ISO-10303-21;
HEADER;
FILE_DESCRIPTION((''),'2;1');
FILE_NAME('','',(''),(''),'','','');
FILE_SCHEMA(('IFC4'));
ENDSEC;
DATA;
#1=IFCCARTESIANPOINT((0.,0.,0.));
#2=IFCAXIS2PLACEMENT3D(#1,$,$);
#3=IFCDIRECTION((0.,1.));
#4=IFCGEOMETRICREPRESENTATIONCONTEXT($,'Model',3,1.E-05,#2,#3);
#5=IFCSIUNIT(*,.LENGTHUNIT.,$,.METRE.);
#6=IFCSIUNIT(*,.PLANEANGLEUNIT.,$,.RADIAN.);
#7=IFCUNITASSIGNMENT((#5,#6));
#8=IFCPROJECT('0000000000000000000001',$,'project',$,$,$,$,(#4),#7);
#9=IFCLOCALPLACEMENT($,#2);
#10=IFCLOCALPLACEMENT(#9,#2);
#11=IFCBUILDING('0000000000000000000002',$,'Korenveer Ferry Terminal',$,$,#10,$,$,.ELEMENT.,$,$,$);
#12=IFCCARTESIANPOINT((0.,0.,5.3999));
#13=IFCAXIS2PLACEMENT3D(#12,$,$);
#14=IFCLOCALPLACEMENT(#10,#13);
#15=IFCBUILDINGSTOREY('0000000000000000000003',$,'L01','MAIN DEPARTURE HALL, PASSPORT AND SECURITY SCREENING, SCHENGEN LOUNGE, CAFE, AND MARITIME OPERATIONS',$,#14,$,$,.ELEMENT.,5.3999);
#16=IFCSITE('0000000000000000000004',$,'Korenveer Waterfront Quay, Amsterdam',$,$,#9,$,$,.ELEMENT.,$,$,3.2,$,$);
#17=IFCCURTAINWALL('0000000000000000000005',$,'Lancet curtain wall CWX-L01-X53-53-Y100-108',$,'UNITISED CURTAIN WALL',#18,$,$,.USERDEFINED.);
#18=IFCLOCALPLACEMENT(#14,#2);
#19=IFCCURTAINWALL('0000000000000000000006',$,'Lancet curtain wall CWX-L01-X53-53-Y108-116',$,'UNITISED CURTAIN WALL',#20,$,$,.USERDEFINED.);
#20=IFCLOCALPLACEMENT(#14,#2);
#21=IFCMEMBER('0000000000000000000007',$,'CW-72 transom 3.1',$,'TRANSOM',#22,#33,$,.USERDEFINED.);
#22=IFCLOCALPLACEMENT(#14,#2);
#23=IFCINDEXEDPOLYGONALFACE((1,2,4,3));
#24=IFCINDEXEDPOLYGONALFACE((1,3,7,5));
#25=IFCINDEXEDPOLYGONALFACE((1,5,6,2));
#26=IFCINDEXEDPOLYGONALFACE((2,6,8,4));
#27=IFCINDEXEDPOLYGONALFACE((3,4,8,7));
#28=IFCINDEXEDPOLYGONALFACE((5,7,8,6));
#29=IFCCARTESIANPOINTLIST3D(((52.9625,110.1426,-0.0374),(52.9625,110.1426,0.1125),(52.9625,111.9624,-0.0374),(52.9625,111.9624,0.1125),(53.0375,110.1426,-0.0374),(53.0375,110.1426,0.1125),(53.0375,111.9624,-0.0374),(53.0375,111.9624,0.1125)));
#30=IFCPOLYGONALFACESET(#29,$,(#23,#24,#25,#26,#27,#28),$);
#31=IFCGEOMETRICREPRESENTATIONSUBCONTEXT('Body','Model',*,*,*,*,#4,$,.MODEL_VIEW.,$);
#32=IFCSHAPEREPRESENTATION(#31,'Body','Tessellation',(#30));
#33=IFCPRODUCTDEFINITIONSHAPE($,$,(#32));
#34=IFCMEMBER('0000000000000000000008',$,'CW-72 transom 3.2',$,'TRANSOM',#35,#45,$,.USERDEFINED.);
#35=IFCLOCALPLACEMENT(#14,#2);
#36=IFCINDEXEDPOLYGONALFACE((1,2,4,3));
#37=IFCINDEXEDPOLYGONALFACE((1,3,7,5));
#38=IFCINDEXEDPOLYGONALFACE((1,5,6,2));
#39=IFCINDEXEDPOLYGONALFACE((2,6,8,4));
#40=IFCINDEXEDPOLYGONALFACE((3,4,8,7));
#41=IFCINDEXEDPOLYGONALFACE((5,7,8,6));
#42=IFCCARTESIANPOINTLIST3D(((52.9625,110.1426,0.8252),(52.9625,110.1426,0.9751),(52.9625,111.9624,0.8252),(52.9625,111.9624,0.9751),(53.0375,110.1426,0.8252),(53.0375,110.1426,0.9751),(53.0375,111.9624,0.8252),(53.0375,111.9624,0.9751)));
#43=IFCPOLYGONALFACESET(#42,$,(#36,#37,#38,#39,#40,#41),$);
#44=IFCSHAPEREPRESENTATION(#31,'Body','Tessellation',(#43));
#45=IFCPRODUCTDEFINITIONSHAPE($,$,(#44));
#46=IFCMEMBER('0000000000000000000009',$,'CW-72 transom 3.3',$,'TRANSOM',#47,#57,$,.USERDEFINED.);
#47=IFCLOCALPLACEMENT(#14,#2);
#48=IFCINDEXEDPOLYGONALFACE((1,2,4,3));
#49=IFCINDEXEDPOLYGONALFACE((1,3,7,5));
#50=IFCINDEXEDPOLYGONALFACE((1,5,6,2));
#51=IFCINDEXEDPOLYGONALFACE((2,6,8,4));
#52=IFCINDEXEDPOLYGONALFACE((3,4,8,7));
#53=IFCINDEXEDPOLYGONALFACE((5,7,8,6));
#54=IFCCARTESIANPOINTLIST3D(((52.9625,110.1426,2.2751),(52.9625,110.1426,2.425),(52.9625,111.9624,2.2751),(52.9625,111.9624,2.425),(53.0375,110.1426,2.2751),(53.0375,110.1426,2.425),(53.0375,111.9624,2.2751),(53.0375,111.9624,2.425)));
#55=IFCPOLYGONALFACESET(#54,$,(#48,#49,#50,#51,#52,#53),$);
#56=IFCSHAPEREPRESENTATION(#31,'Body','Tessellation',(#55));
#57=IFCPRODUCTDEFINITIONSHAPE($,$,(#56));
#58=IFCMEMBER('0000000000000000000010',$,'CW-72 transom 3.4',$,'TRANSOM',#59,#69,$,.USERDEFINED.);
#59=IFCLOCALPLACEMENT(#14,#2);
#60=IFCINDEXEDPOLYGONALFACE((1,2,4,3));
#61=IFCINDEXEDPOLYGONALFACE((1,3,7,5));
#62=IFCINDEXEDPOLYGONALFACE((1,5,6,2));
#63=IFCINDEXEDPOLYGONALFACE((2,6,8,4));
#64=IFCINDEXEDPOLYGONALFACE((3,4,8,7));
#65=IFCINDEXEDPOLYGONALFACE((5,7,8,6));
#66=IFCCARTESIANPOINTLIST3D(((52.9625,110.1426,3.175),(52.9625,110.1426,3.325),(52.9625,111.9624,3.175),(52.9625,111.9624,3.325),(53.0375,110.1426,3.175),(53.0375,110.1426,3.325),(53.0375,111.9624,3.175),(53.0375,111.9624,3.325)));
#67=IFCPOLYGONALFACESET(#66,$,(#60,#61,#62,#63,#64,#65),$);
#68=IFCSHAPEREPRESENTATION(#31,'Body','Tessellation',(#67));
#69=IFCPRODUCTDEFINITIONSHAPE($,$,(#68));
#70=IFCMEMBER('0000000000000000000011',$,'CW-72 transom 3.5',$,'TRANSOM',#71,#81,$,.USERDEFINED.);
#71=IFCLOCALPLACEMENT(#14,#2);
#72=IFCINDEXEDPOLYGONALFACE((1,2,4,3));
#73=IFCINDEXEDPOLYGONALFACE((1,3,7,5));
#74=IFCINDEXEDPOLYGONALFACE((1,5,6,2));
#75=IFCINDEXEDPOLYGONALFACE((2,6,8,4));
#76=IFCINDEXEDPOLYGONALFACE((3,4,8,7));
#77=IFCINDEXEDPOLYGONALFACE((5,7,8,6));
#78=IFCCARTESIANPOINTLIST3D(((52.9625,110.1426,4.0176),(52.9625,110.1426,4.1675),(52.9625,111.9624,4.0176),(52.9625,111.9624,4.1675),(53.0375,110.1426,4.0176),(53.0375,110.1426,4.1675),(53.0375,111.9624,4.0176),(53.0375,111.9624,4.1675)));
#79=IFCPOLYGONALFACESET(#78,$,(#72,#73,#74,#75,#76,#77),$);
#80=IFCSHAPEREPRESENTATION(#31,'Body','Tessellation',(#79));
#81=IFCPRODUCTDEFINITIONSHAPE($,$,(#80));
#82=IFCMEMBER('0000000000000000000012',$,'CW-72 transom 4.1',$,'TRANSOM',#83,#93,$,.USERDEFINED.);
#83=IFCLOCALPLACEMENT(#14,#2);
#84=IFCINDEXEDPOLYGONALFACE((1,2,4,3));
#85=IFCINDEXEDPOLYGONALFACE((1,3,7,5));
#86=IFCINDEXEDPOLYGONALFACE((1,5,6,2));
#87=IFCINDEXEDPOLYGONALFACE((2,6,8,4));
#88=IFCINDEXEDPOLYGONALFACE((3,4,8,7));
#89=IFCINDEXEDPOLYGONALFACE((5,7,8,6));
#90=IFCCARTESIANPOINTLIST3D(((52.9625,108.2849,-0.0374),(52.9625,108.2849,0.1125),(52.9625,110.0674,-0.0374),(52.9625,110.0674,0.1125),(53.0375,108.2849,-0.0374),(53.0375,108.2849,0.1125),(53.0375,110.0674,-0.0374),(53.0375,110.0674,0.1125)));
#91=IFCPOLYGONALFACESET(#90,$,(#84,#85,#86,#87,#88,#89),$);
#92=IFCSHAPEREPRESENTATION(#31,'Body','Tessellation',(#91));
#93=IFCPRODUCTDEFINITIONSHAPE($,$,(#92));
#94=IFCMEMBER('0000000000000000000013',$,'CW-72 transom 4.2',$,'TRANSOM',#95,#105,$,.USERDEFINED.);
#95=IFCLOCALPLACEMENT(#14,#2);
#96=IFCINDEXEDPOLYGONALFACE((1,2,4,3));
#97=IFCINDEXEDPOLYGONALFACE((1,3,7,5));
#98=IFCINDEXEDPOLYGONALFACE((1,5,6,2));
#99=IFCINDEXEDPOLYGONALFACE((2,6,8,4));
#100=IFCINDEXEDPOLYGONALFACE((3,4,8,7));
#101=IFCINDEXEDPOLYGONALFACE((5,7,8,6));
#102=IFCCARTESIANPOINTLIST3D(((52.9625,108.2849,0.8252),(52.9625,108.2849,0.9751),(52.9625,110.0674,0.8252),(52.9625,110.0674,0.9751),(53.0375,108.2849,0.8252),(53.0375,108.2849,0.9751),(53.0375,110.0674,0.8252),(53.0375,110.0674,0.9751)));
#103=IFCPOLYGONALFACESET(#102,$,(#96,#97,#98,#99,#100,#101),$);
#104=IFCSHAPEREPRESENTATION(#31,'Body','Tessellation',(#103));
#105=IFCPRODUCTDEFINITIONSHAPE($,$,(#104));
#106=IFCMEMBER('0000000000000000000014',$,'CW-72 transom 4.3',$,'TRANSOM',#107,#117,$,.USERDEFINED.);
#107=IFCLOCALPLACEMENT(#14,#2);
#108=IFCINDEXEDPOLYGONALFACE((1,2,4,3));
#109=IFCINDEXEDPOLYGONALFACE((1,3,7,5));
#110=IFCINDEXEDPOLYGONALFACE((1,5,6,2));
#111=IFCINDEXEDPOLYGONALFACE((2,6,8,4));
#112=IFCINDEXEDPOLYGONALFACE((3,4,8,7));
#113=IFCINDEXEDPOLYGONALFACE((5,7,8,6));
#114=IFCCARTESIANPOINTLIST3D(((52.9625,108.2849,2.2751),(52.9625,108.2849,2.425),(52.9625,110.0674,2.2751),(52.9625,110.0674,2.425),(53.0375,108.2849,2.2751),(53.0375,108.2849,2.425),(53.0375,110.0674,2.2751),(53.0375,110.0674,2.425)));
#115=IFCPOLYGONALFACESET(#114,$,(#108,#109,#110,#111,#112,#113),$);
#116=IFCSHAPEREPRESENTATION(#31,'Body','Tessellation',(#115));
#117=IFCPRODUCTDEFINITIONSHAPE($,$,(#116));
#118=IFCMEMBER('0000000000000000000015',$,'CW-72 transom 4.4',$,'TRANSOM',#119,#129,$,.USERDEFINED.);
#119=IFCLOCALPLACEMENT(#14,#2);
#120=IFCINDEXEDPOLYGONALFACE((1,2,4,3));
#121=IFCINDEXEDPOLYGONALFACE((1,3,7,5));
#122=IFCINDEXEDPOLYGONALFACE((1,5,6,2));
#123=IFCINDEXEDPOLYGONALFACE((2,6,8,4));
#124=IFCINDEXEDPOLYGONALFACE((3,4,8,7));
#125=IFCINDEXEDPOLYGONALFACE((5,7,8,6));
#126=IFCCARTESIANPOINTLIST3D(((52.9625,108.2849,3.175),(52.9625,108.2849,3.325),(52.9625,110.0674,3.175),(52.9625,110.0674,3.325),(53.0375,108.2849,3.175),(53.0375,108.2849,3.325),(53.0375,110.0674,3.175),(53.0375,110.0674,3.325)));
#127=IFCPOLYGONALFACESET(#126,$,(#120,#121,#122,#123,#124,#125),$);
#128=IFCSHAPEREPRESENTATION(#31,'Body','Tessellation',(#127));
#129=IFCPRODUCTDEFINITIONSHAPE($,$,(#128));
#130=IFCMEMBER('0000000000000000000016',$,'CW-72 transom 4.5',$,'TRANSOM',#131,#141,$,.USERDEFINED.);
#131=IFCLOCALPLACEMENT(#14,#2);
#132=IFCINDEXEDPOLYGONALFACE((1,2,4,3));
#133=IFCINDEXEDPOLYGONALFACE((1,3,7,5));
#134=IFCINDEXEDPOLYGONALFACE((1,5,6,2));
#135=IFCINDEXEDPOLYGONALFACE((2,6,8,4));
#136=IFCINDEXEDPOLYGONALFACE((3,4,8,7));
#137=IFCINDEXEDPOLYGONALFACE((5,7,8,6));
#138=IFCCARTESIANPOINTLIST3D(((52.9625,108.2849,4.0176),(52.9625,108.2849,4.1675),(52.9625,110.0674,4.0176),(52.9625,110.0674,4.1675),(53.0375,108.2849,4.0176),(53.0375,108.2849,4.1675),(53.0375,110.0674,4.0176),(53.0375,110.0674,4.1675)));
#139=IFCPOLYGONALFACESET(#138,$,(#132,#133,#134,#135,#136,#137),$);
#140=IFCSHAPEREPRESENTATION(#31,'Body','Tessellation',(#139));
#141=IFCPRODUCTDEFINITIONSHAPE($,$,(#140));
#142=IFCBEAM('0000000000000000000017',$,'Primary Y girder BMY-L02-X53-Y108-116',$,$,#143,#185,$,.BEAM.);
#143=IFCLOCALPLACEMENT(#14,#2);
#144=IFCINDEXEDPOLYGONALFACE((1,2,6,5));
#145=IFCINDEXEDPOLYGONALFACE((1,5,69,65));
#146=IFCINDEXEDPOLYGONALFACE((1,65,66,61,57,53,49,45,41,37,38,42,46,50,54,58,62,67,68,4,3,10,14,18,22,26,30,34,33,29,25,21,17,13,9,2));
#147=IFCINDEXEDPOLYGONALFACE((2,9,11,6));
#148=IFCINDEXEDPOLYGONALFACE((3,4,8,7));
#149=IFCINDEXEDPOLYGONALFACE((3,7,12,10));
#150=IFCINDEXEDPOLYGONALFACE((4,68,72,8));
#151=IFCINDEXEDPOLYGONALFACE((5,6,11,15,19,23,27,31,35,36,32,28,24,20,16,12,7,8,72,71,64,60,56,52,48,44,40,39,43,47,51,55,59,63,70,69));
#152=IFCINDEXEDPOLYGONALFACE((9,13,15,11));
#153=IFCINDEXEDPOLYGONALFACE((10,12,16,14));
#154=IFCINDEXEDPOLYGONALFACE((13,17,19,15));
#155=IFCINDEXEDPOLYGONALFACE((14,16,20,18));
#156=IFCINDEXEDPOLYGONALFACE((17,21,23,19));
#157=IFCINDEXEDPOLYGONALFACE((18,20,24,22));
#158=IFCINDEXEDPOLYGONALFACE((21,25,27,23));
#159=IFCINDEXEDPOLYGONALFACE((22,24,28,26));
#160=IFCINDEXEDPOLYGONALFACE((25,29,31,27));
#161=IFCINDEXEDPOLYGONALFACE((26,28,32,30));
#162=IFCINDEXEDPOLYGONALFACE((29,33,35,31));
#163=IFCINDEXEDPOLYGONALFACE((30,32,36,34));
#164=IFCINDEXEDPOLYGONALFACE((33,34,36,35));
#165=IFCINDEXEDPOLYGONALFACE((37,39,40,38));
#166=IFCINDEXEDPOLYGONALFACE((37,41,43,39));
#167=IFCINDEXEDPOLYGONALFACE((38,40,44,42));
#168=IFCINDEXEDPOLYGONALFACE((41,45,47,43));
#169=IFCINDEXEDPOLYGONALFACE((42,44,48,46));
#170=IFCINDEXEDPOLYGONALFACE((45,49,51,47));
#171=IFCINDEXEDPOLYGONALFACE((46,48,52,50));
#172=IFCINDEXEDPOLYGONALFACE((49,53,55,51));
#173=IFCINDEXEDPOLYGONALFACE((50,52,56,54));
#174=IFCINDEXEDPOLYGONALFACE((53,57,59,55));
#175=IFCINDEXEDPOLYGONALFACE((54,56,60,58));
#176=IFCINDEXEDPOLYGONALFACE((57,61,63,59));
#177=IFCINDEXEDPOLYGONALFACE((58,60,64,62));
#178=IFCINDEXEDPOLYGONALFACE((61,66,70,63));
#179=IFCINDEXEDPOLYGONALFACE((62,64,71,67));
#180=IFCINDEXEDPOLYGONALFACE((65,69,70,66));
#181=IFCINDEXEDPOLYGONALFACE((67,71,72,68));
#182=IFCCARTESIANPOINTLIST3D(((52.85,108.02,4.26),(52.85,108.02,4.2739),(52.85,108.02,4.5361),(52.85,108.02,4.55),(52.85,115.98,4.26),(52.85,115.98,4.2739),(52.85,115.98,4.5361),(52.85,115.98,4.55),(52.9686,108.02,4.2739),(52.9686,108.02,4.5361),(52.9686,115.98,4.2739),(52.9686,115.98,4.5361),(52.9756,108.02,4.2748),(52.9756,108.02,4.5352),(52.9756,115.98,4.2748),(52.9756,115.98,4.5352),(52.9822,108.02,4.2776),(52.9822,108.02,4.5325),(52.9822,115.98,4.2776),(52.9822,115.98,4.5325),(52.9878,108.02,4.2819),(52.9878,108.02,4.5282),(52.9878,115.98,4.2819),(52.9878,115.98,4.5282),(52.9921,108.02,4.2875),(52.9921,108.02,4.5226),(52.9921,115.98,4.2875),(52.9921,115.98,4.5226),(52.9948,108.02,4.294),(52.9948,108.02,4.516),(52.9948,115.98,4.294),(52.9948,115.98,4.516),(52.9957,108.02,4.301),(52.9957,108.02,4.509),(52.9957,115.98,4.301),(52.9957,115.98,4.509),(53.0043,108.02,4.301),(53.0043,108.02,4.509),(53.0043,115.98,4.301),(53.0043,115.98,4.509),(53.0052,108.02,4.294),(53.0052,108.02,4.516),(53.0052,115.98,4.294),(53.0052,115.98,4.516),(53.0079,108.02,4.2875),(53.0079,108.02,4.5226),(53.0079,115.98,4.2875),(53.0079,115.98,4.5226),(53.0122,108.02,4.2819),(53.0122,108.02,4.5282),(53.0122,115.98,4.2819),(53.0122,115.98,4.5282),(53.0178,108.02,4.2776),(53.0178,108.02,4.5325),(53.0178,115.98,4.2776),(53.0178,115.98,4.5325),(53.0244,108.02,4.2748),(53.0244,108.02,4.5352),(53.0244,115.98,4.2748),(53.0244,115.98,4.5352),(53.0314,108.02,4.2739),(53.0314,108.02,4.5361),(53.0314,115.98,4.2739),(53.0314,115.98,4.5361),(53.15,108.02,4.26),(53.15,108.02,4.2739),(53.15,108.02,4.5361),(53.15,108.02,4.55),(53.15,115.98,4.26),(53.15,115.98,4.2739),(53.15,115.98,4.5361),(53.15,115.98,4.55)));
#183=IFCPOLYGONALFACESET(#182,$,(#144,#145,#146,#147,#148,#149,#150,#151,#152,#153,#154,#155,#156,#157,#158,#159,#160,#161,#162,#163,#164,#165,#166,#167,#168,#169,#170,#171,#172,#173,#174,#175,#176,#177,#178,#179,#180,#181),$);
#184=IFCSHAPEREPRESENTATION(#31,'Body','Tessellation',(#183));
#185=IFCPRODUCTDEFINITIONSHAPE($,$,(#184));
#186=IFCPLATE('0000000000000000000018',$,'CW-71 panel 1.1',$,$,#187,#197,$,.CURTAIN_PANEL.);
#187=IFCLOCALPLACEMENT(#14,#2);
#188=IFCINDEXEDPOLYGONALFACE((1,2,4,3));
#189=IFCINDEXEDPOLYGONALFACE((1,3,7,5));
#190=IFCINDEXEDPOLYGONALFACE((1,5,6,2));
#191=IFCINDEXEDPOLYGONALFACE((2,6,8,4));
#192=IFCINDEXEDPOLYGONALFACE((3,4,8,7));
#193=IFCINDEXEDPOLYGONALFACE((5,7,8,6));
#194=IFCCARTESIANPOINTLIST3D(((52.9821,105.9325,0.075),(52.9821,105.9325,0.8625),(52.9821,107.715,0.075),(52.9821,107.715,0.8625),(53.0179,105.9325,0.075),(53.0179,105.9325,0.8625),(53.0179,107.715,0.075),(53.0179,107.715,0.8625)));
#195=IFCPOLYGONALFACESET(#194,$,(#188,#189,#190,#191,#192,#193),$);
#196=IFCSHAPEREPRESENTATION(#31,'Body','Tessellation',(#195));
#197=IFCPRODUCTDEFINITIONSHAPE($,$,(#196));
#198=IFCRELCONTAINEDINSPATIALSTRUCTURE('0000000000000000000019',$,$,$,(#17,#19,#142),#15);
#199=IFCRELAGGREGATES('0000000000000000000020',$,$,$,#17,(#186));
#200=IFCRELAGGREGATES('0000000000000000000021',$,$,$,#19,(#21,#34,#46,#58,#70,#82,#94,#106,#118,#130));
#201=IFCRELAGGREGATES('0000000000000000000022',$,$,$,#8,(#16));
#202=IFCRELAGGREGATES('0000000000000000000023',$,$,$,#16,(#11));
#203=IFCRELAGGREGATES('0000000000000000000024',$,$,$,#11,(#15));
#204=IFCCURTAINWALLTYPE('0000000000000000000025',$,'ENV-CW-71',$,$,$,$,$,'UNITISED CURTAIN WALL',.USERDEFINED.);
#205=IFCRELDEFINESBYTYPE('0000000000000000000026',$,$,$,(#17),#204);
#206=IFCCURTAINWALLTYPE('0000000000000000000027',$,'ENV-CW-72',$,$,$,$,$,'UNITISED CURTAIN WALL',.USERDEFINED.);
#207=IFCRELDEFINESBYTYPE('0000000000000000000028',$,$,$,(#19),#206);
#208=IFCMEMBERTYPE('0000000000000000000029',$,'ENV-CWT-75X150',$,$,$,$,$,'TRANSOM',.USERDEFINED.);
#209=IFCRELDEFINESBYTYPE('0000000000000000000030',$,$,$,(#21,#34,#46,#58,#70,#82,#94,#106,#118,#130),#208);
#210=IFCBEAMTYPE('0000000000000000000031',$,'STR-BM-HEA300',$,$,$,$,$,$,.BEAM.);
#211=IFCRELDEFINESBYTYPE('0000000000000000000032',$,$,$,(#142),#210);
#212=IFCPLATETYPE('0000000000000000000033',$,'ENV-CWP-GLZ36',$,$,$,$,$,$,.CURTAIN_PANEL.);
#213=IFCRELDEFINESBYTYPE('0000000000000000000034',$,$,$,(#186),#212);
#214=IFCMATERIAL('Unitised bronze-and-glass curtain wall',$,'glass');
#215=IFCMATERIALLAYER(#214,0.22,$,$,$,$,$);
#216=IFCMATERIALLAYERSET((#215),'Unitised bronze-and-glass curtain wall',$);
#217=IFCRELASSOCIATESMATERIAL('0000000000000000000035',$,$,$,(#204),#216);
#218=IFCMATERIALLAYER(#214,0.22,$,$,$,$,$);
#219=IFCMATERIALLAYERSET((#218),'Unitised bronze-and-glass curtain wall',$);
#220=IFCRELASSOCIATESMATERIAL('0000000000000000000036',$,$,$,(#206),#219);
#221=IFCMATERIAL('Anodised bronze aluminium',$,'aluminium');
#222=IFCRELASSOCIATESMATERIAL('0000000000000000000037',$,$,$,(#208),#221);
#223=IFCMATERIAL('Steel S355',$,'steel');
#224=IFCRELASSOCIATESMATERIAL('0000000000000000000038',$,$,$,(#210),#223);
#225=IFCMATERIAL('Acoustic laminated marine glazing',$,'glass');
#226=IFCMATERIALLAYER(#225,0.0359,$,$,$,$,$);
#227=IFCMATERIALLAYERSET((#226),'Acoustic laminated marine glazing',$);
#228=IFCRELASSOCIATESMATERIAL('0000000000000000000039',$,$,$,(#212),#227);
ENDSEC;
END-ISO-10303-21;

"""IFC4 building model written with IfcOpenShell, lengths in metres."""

from ifc_helpers import new_model, si_unit, direction, frame, origin, origin_2d, place, context, subcontext, project, spatial, rectangle, i_section, extrude, material, layer, layer_set, material_profile, profile_set, type_object, element, aggregate, save


model = new_model("IFC4")

# Units and contexts
model_context = context("Model", 3, precision=1e-05, world=origin(), true_north=direction((0.0, 1.0)))
body_context = subcontext(model_context, "Body", "Model", "MODEL_VIEW")
ifc_project = project(units=[si_unit("LENGTHUNIT", "METRE"), si_unit("PLANEANGLEUNIT", "RADIAN")], contexts=[model_context])

# Site, building, storey
site_placement = place(None, origin())
site = spatial("IfcSite", under=ifc_project, at=site_placement, Name="Korenveer Waterfront Quay, Amsterdam", CompositionType="ELEMENT", RefElevation=3.2)
building_placement = place(site_placement, origin())
building = spatial("IfcBuilding", under=site, at=building_placement, Name="Korenveer Ferry Terminal", CompositionType="ELEMENT")
storey_placement = place(building_placement, frame((0.0, 0.0, 5.3999)))
storey = spatial("IfcBuildingStorey", under=building, at=storey_placement, Name="L01", Description="MAIN DEPARTURE HALL, PASSPORT AND SECURITY SCREENING, SCHENGEN LOUNGE, CAFE, AND MARITIME OPERATIONS", CompositionType="ELEMENT", Elevation=5.3999)

# Shared definitions
ifc_material_1 = material(Name="Steel S355", Category="steel")

# Curtain walls
ifc_material_2 = material(Name="Unitised bronze-and-glass curtain wall", Category="glass")
ifc_layer_1 = layer(ifc_material_2, 0.22)
ifc_layer_set_1 = layer_set([ifc_layer_1], Name="Unitised bronze-and-glass curtain wall")
curtain_wall_type_1 = type_object("IfcCurtainWallType", Name="ENV-CW-71", ElementType="UNITISED CURTAIN WALL", PredefinedType="USERDEFINED", material=ifc_layer_set_1)
curtain_wall_1_placement = place(storey_placement, frame((53.0, 107.79, 0.0)))
curtain_wall_1 = element("IfcCurtainWall", 1, at=curtain_wall_1_placement, inside=storey, type_object=curtain_wall_type_1, Name="Lancet curtain wall CWX-L01-X53-53-Y100-108", ObjectType="UNITISED CURTAIN WALL", PredefinedType="USERDEFINED")
ifc_material_3 = material(Name="Anodised bronze aluminium", Category="aluminium")
ifc_layer_2 = layer(ifc_material_2, 0.22)
ifc_layer_set_2 = layer_set([ifc_layer_2], Name="Unitised bronze-and-glass curtain wall")
curtain_wall_type_2 = type_object("IfcCurtainWallType", Name="ENV-CW-72", ElementType="UNITISED CURTAIN WALL", PredefinedType="USERDEFINED", material=ifc_layer_set_2)
curtain_wall_2_placement = place(storey_placement, frame((53.0, 115.79, 0.0)))
curtain_wall_2 = element("IfcCurtainWall", 2, at=curtain_wall_2_placement, inside=storey, type_object=curtain_wall_type_2, Name="Lancet curtain wall CWX-L01-X53-53-Y108-116", ObjectType="UNITISED CURTAIN WALL", PredefinedType="USERDEFINED")

# Members
ifc_material_profile_1 = material_profile(ifc_material_3, rectangle(XDim=0.075, YDim=0.1499, at=origin_2d()), Name="ALU 75x150")
ifc_profile_set_1 = profile_set([ifc_material_profile_1], Name="Anodised bronze aluminium")
member_type_1 = type_object("IfcMemberType", Name="ENV-CWT-75X150", ElementType="TRANSOM", PredefinedType="USERDEFINED", material=ifc_profile_set_1)
member_1_placement = place(storey_placement, frame((53.0, 111.9624, 0.0376), z_axis=(0.0, -1.0, 0.0), x_axis=(1.0, 0.0, 0.0)))
member_1 = element("IfcMember", 3, at=member_1_placement, type_object=member_type_1, Name="CW-72 transom 3.1", ObjectType="TRANSOM", PredefinedType="USERDEFINED", context=body_context, shape_type="SweptSolid", body=[
    extrude(rectangle(XDim=0.075, YDim=0.1499, at=origin_2d()), origin(), (0.0, 0.0, 1.0), 1.8198),
])
member_2_placement = place(storey_placement, frame((53.0, 111.9624, 0.9001), z_axis=(0.0, -1.0, 0.0), x_axis=(1.0, 0.0, 0.0)))
member_2 = element("IfcMember", 4, at=member_2_placement, type_object=member_type_1, Name="CW-72 transom 3.2", ObjectType="TRANSOM", PredefinedType="USERDEFINED", context=body_context, shape_type="SweptSolid", body=[
    extrude(rectangle(XDim=0.075, YDim=0.1499, at=origin_2d()), origin(), (0.0, 0.0, 1.0), 1.8198),
])
member_3_placement = place(storey_placement, frame((53.0, 111.9624, 2.3501), z_axis=(0.0, -1.0, 0.0), x_axis=(1.0, 0.0, 0.0)))
member_3 = element("IfcMember", 5, at=member_3_placement, type_object=member_type_1, Name="CW-72 transom 3.3", ObjectType="TRANSOM", PredefinedType="USERDEFINED", context=body_context, shape_type="SweptSolid", body=[
    extrude(rectangle(XDim=0.075, YDim=0.1499, at=origin_2d()), origin(), (0.0, 0.0, 1.0), 1.8198),
])
member_4_placement = place(storey_placement, frame((53.0, 111.9624, 3.25), z_axis=(0.0, -1.0, 0.0), x_axis=(1.0, 0.0, 0.0)))
member_4 = element("IfcMember", 6, at=member_4_placement, type_object=member_type_1, Name="CW-72 transom 3.4", ObjectType="TRANSOM", PredefinedType="USERDEFINED", context=body_context, shape_type="SweptSolid", body=[
    extrude(rectangle(XDim=0.075, YDim=0.1499, at=origin_2d()), origin(), (0.0, 0.0, 1.0), 1.8198),
])
member_5_placement = place(storey_placement, frame((53.0, 111.9624, 4.0925), z_axis=(0.0, -1.0, 0.0), x_axis=(1.0, 0.0, 0.0)))
member_5 = element("IfcMember", 7, at=member_5_placement, type_object=member_type_1, Name="CW-72 transom 3.5", ObjectType="TRANSOM", PredefinedType="USERDEFINED", context=body_context, shape_type="SweptSolid", body=[
    extrude(rectangle(XDim=0.075, YDim=0.1499, at=origin_2d()), origin(), (0.0, 0.0, 1.0), 1.8198),
])
member_6_placement = place(storey_placement, frame((53.0, 110.0674, 0.0376), z_axis=(0.0, -1.0, 0.0), x_axis=(1.0, 0.0, 0.0)))
member_6 = element("IfcMember", 8, at=member_6_placement, type_object=member_type_1, Name="CW-72 transom 4.1", ObjectType="TRANSOM", PredefinedType="USERDEFINED", context=body_context, shape_type="SweptSolid", body=[
    extrude(rectangle(XDim=0.075, YDim=0.1499, at=origin_2d()), origin(), (0.0, 0.0, 1.0), 1.7825),
])
member_7_placement = place(storey_placement, frame((53.0, 110.0674, 0.9001), z_axis=(0.0, -1.0, 0.0), x_axis=(1.0, 0.0, 0.0)))
member_7 = element("IfcMember", 9, at=member_7_placement, type_object=member_type_1, Name="CW-72 transom 4.2", ObjectType="TRANSOM", PredefinedType="USERDEFINED", context=body_context, shape_type="SweptSolid", body=[
    extrude(rectangle(XDim=0.075, YDim=0.1499, at=origin_2d()), origin(), (0.0, 0.0, 1.0), 1.7825),
])
member_8_placement = place(storey_placement, frame((53.0, 110.0674, 2.3501), z_axis=(0.0, -1.0, 0.0), x_axis=(1.0, 0.0, 0.0)))
member_8 = element("IfcMember", 10, at=member_8_placement, type_object=member_type_1, Name="CW-72 transom 4.3", ObjectType="TRANSOM", PredefinedType="USERDEFINED", context=body_context, shape_type="SweptSolid", body=[
    extrude(rectangle(XDim=0.075, YDim=0.1499, at=origin_2d()), origin(), (0.0, 0.0, 1.0), 1.7825),
])
member_9_placement = place(storey_placement, frame((53.0, 110.0674, 3.25), z_axis=(0.0, -1.0, 0.0), x_axis=(1.0, 0.0, 0.0)))
member_9 = element("IfcMember", 11, at=member_9_placement, type_object=member_type_1, Name="CW-72 transom 4.4", ObjectType="TRANSOM", PredefinedType="USERDEFINED", context=body_context, shape_type="SweptSolid", body=[
    extrude(rectangle(XDim=0.075, YDim=0.1499, at=origin_2d()), origin(), (0.0, 0.0, 1.0), 1.7825),
])
member_10_placement = place(storey_placement, frame((53.0, 110.0674, 4.0925), z_axis=(0.0, -1.0, 0.0), x_axis=(1.0, 0.0, 0.0)))
member_10 = element("IfcMember", 12, at=member_10_placement, type_object=member_type_1, Name="CW-72 transom 4.5", ObjectType="TRANSOM", PredefinedType="USERDEFINED", context=body_context, shape_type="SweptSolid", body=[
    extrude(rectangle(XDim=0.075, YDim=0.1499, at=origin_2d()), origin(), (0.0, 0.0, 1.0), 1.7825),
])

# Beam
ifc_material_profile_2 = material_profile(ifc_material_1, i_section(OverallWidth=0.3, OverallDepth=0.29, WebThickness=0.0085, FlangeThickness=0.0139, FilletRadius=0.0271, at=origin_2d()), Name="HEA 300")
ifc_profile_set_2 = profile_set([ifc_material_profile_2], Name="Steel S355")
beam_type = type_object("IfcBeamType", Name="STR-BM-HEA300", PredefinedType="BEAM", material=ifc_profile_set_2)
beam_placement = place(storey_placement, frame((53.0, 108.02, 4.405), z_axis=(0.0, 1.0, 0.0), x_axis=(-1.0, 0.0, 0.0)))
element("IfcBeam", 13, at=beam_placement, inside=storey, type_object=beam_type, Name="Primary Y girder BMY-L02-X53-Y108-116", PredefinedType="BEAM", context=body_context, shape_type="SweptSolid", body=[
    extrude(i_section(OverallWidth=0.3, OverallDepth=0.29, WebThickness=0.0085, FlangeThickness=0.0139, FilletRadius=0.0271, at=origin_2d()), origin(), (0.0, 0.0, 1.0), 7.96),
])

# Plate
ifc_material_4 = material(Name="Acoustic laminated marine glazing", Category="glass")
ifc_layer_3 = layer(ifc_material_4, 0.0359)
ifc_layer_set_3 = layer_set([ifc_layer_3], Name="Acoustic laminated marine glazing")
plate_type = type_object("IfcPlateType", Name="ENV-CWP-GLZ36", PredefinedType="CURTAIN_PANEL", material=ifc_layer_set_3)
plate_1_placement = place(storey_placement, frame((53.0, 106.8237, 0.075), z_axis=(0.0, 0.0, 1.0), x_axis=(0.0, -1.0, 0.0)))
plate_1 = element("IfcPlate", 14, at=plate_1_placement, type_object=plate_type, Name="CW-71 panel 1.1", PredefinedType="CURTAIN_PANEL", context=body_context, shape_type="SweptSolid", body=[
    extrude(rectangle(XDim=1.7825, YDim=0.0359, at=origin_2d()), origin(), (0.0, 0.0, 1.0), 0.7876),
])
aggregate(curtain_wall_1, [plate_1])
aggregate(curtain_wall_2, [member_1, member_2, member_3, member_4, member_5, member_6, member_7, member_8, member_9, member_10])

save(model, "model.ifc")
